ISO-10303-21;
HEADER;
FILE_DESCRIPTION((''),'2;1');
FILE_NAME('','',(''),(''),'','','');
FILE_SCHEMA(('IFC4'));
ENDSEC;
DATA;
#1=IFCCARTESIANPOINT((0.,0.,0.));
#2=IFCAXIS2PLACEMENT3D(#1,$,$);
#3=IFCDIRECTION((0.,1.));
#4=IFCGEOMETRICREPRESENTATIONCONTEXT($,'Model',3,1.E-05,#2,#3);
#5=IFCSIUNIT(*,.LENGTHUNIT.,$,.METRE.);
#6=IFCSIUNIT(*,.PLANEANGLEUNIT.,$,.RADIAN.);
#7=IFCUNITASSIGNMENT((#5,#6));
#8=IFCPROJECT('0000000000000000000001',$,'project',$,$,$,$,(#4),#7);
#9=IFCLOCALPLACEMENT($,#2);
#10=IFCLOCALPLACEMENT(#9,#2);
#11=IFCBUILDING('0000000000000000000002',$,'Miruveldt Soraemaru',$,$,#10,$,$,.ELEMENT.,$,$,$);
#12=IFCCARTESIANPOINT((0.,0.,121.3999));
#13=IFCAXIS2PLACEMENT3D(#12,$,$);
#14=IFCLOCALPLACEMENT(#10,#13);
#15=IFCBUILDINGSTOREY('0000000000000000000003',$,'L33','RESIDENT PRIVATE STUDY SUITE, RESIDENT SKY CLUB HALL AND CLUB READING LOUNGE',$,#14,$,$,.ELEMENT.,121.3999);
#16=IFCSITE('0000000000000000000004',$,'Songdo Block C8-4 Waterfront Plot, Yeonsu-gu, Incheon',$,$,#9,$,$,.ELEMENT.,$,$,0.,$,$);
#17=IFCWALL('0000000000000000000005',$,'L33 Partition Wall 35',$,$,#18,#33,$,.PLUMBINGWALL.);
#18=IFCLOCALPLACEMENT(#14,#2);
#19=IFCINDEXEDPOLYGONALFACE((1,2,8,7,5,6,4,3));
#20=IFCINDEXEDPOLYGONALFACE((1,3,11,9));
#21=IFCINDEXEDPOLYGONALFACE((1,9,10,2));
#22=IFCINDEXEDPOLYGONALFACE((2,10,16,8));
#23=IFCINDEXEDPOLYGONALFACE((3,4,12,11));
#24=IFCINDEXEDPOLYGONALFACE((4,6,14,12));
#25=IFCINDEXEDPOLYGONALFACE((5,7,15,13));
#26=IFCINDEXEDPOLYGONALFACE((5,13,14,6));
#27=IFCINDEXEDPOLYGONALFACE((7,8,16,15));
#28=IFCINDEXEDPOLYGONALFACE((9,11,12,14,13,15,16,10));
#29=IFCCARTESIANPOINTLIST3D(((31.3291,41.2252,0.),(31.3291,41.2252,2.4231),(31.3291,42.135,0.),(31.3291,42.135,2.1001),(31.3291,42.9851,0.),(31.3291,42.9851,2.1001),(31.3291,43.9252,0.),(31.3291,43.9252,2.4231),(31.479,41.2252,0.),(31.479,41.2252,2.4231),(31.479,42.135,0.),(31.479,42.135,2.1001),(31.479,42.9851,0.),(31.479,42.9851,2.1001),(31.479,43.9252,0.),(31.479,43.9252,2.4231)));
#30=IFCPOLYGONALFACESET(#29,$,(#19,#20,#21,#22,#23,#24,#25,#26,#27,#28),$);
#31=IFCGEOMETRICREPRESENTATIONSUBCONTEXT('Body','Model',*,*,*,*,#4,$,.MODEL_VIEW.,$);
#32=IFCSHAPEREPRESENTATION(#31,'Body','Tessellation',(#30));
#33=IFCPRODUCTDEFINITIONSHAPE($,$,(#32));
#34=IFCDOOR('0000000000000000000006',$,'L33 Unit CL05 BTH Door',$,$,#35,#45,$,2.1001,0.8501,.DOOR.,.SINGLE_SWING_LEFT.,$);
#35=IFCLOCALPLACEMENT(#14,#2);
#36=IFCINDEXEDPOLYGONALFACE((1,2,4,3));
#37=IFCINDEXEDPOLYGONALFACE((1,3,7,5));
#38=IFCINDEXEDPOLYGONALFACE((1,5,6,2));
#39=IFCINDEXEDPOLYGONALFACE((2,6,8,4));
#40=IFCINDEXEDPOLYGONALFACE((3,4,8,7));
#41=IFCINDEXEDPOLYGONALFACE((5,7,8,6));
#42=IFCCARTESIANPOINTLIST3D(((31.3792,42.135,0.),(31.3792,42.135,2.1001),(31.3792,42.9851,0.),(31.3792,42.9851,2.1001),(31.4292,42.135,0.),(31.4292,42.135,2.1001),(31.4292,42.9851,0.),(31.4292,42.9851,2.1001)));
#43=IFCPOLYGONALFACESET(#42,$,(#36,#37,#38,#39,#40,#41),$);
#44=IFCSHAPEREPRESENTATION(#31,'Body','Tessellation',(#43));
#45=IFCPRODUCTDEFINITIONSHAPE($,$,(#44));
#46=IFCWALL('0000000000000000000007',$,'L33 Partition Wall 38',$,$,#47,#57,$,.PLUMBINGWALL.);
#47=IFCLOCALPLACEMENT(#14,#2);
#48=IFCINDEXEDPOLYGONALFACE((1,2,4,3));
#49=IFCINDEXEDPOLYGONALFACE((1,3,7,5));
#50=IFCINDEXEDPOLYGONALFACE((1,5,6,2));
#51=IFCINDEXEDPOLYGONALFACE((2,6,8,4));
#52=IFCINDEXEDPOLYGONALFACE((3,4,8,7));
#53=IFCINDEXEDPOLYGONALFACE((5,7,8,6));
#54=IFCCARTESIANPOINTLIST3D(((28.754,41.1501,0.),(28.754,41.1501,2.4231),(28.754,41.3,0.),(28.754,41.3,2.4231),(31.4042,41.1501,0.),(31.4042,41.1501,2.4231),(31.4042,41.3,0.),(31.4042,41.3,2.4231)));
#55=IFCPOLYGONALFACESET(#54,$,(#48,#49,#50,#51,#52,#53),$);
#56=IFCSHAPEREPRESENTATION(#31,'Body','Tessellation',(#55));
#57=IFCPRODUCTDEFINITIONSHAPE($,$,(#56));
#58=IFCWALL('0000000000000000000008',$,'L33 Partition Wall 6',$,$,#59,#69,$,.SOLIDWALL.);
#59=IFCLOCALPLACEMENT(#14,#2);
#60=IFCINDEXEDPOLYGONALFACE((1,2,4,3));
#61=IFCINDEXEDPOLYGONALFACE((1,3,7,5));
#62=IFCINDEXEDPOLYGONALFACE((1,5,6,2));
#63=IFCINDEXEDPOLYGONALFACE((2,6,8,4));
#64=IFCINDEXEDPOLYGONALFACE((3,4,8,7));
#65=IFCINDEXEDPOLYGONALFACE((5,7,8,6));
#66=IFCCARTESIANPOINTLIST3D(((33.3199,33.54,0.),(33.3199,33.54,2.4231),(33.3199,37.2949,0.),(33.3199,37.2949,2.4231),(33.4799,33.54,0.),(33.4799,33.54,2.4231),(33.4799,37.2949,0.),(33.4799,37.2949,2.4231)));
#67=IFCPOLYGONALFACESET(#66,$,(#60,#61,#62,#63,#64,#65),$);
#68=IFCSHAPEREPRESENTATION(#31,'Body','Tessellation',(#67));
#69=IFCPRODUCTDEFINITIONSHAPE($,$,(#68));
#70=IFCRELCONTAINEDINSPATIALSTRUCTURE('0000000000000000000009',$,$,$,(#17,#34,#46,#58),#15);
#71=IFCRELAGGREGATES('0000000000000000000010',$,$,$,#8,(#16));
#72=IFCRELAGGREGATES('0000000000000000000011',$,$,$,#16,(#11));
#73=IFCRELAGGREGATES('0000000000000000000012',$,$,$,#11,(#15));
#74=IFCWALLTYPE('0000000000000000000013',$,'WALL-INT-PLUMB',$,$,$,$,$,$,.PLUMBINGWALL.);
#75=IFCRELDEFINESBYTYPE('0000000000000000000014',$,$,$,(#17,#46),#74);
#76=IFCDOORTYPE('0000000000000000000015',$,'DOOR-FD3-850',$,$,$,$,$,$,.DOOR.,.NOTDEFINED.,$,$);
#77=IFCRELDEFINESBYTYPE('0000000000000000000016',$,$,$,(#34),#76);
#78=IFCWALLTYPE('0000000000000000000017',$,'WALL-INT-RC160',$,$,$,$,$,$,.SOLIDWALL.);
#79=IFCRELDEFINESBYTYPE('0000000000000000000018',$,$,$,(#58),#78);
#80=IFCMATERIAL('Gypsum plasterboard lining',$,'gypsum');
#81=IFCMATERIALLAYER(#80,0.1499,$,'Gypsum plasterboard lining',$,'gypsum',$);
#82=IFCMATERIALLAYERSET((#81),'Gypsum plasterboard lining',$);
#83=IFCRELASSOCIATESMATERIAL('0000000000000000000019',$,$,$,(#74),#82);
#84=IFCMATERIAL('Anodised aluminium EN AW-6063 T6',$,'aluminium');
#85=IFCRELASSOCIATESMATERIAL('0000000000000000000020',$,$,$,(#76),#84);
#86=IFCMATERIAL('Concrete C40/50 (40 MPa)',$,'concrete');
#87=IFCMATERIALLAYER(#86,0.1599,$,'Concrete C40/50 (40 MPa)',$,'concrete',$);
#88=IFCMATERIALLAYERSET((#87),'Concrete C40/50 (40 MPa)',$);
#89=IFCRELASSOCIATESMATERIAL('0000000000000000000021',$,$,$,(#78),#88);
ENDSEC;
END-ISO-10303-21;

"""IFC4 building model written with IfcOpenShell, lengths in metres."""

from ifc_helpers import new_model, si_unit, direction, frame, frame_2d, origin, place, context, subcontext, project, spatial, rectangle, extrude, material, layer, layer_set, type_object, element, fill, save


model = new_model("IFC4")

# Units and contexts
model_context = context("Model", 3, precision=1e-05, world=origin(), true_north=direction((0.0, 1.0)))
body_context = subcontext(model_context, "Body", "Model", "MODEL_VIEW")
ifc_project = project(units=[si_unit("LENGTHUNIT", "METRE"), si_unit("PLANEANGLEUNIT", "RADIAN")], contexts=[model_context])

# Site, building, storey
site_placement = place(None, origin())
site = spatial("IfcSite", under=ifc_project, at=site_placement, Name="Songdo Block C8-4 Waterfront Plot, Yeonsu-gu, Incheon", CompositionType="ELEMENT", RefElevation=0.0)
building_placement = place(site_placement, origin())
building = spatial("IfcBuilding", under=site, at=building_placement, Name="Miruveldt Soraemaru", CompositionType="ELEMENT")
storey_placement = place(building_placement, frame((0.0, 0.0, 121.3999)))
storey = spatial("IfcBuildingStorey", under=building, at=storey_placement, Name="L33", Description="RESIDENT PRIVATE STUDY SUITE, RESIDENT SKY CLUB HALL AND CLUB READING LOUNGE", CompositionType="ELEMENT", Elevation=121.3999)

# Shared definitions
ifc_material_1 = material(Name="Gypsum plasterboard lining", Category="gypsum")

# Wall, opening, door
ifc_layer_1 = layer(ifc_material_1, 0.1499, Name="Gypsum plasterboard lining", Category="gypsum")
ifc_layer_set_1 = layer_set([ifc_layer_1], Name="Gypsum plasterboard lining")
wall_type_1 = type_object("IfcWallType", Name="WALL-INT-PLUMB", PredefinedType="PLUMBINGWALL", material=ifc_layer_set_1)
wall_1_placement = place(storey_placement, frame((31.4041, 41.2251, 0.0), z_axis=(0.0, 0.0, 1.0), x_axis=(0.0, 1.0, 0.0)))
wall_1 = element("IfcWall", 1, at=wall_1_placement, inside=storey, type_object=wall_type_1, Name="L33 Partition Wall 35", PredefinedType="PLUMBINGWALL", context=body_context, shape_type="SweptSolid", body=[
    extrude(rectangle(XDim=2.7, YDim=0.1499, at=frame_2d((1.3501, 0.0))), origin(), (0.0, 0.0, 1.0), 2.4231),
])
opening_1_placement = place(wall_1_placement, frame((0.9099, 0.0, 0.0)))
opening_1 = element("IfcOpeningElement", 2, at=opening_1_placement, cuts=wall_1, PredefinedType="OPENING", context=body_context, shape_type="SweptSolid", body=[
    extrude(rectangle(XDim=0.8501, YDim=2.1001, at=frame_2d((0.425, 1.05))), frame((0.0, 0.085, 0.0), z_axis=(0.0, -1.0, 0.0), x_axis=(1.0, 0.0, 0.0)), (0.0, 0.0, 1.0), 0.1699),
])
ifc_material_2 = material(Name="Anodised aluminium EN AW-6063 T6", Category="aluminium")
door_type = type_object("IfcDoorType", Name="DOOR-FD3-850", OperationType="NOTDEFINED", PredefinedType="DOOR", material=ifc_material_2)
door_placement = place(opening_1_placement, origin())
door = element("IfcDoor", 3, at=door_placement, inside=storey, type_object=door_type, Name="L33 Unit CL05 BTH Door", OperationType="SINGLE_SWING_LEFT", OverallHeight=2.1001, OverallWidth=0.8501, PredefinedType="DOOR", context=body_context, shape_type="SweptSolid", body=[
    extrude(rectangle(XDim=0.8501, YDim=2.1001, at=frame_2d((0.425, 1.05))), frame((0.0, 0.0249, 0.0), z_axis=(0.0, -1.0, 0.0), x_axis=(1.0, 0.0, 0.0)), (0.0, 0.0, 1.0), 0.05),
])
fill(opening_1, door)

# Walls
wall_2_placement = place(storey_placement, frame((28.7539, 41.2251, 0.0), z_axis=(0.0, 0.0, 1.0), x_axis=(1.0, 0.0, 0.0)))
element("IfcWall", 4, at=wall_2_placement, inside=storey, type_object=wall_type_1, Name="L33 Partition Wall 38", PredefinedType="PLUMBINGWALL", context=body_context, shape_type="SweptSolid", body=[
    extrude(rectangle(XDim=2.6501, YDim=0.1499, at=frame_2d((1.3252, 0.0))), origin(), (0.0, 0.0, 1.0), 2.4231),
])
ifc_material_3 = material(Name="Concrete C40/50 (40 MPa)", Category="concrete")
ifc_layer_2 = layer(ifc_material_3, 0.1599, Name="Concrete C40/50 (40 MPa)", Category="concrete")
ifc_layer_set_2 = layer_set([ifc_layer_2], Name="Concrete C40/50 (40 MPa)")
wall_type_2 = type_object("IfcWallType", Name="WALL-INT-RC160", PredefinedType="SOLIDWALL", material=ifc_layer_set_2)
wall_3_placement = place(storey_placement, frame((33.3999, 37.2949, 0.0), z_axis=(0.0, 0.0, 1.0), x_axis=(0.0, -1.0, 0.0)))
element("IfcWall", 5, at=wall_3_placement, inside=storey, type_object=wall_type_2, Name="L33 Partition Wall 6", PredefinedType="SOLIDWALL", context=body_context, shape_type="SweptSolid", body=[
    extrude(rectangle(XDim=3.7549, YDim=0.1599, at=frame_2d((1.8774, 0.0))), origin(), (0.0, 0.0, 1.0), 2.4231),
])

save(model, "model.ifc")
